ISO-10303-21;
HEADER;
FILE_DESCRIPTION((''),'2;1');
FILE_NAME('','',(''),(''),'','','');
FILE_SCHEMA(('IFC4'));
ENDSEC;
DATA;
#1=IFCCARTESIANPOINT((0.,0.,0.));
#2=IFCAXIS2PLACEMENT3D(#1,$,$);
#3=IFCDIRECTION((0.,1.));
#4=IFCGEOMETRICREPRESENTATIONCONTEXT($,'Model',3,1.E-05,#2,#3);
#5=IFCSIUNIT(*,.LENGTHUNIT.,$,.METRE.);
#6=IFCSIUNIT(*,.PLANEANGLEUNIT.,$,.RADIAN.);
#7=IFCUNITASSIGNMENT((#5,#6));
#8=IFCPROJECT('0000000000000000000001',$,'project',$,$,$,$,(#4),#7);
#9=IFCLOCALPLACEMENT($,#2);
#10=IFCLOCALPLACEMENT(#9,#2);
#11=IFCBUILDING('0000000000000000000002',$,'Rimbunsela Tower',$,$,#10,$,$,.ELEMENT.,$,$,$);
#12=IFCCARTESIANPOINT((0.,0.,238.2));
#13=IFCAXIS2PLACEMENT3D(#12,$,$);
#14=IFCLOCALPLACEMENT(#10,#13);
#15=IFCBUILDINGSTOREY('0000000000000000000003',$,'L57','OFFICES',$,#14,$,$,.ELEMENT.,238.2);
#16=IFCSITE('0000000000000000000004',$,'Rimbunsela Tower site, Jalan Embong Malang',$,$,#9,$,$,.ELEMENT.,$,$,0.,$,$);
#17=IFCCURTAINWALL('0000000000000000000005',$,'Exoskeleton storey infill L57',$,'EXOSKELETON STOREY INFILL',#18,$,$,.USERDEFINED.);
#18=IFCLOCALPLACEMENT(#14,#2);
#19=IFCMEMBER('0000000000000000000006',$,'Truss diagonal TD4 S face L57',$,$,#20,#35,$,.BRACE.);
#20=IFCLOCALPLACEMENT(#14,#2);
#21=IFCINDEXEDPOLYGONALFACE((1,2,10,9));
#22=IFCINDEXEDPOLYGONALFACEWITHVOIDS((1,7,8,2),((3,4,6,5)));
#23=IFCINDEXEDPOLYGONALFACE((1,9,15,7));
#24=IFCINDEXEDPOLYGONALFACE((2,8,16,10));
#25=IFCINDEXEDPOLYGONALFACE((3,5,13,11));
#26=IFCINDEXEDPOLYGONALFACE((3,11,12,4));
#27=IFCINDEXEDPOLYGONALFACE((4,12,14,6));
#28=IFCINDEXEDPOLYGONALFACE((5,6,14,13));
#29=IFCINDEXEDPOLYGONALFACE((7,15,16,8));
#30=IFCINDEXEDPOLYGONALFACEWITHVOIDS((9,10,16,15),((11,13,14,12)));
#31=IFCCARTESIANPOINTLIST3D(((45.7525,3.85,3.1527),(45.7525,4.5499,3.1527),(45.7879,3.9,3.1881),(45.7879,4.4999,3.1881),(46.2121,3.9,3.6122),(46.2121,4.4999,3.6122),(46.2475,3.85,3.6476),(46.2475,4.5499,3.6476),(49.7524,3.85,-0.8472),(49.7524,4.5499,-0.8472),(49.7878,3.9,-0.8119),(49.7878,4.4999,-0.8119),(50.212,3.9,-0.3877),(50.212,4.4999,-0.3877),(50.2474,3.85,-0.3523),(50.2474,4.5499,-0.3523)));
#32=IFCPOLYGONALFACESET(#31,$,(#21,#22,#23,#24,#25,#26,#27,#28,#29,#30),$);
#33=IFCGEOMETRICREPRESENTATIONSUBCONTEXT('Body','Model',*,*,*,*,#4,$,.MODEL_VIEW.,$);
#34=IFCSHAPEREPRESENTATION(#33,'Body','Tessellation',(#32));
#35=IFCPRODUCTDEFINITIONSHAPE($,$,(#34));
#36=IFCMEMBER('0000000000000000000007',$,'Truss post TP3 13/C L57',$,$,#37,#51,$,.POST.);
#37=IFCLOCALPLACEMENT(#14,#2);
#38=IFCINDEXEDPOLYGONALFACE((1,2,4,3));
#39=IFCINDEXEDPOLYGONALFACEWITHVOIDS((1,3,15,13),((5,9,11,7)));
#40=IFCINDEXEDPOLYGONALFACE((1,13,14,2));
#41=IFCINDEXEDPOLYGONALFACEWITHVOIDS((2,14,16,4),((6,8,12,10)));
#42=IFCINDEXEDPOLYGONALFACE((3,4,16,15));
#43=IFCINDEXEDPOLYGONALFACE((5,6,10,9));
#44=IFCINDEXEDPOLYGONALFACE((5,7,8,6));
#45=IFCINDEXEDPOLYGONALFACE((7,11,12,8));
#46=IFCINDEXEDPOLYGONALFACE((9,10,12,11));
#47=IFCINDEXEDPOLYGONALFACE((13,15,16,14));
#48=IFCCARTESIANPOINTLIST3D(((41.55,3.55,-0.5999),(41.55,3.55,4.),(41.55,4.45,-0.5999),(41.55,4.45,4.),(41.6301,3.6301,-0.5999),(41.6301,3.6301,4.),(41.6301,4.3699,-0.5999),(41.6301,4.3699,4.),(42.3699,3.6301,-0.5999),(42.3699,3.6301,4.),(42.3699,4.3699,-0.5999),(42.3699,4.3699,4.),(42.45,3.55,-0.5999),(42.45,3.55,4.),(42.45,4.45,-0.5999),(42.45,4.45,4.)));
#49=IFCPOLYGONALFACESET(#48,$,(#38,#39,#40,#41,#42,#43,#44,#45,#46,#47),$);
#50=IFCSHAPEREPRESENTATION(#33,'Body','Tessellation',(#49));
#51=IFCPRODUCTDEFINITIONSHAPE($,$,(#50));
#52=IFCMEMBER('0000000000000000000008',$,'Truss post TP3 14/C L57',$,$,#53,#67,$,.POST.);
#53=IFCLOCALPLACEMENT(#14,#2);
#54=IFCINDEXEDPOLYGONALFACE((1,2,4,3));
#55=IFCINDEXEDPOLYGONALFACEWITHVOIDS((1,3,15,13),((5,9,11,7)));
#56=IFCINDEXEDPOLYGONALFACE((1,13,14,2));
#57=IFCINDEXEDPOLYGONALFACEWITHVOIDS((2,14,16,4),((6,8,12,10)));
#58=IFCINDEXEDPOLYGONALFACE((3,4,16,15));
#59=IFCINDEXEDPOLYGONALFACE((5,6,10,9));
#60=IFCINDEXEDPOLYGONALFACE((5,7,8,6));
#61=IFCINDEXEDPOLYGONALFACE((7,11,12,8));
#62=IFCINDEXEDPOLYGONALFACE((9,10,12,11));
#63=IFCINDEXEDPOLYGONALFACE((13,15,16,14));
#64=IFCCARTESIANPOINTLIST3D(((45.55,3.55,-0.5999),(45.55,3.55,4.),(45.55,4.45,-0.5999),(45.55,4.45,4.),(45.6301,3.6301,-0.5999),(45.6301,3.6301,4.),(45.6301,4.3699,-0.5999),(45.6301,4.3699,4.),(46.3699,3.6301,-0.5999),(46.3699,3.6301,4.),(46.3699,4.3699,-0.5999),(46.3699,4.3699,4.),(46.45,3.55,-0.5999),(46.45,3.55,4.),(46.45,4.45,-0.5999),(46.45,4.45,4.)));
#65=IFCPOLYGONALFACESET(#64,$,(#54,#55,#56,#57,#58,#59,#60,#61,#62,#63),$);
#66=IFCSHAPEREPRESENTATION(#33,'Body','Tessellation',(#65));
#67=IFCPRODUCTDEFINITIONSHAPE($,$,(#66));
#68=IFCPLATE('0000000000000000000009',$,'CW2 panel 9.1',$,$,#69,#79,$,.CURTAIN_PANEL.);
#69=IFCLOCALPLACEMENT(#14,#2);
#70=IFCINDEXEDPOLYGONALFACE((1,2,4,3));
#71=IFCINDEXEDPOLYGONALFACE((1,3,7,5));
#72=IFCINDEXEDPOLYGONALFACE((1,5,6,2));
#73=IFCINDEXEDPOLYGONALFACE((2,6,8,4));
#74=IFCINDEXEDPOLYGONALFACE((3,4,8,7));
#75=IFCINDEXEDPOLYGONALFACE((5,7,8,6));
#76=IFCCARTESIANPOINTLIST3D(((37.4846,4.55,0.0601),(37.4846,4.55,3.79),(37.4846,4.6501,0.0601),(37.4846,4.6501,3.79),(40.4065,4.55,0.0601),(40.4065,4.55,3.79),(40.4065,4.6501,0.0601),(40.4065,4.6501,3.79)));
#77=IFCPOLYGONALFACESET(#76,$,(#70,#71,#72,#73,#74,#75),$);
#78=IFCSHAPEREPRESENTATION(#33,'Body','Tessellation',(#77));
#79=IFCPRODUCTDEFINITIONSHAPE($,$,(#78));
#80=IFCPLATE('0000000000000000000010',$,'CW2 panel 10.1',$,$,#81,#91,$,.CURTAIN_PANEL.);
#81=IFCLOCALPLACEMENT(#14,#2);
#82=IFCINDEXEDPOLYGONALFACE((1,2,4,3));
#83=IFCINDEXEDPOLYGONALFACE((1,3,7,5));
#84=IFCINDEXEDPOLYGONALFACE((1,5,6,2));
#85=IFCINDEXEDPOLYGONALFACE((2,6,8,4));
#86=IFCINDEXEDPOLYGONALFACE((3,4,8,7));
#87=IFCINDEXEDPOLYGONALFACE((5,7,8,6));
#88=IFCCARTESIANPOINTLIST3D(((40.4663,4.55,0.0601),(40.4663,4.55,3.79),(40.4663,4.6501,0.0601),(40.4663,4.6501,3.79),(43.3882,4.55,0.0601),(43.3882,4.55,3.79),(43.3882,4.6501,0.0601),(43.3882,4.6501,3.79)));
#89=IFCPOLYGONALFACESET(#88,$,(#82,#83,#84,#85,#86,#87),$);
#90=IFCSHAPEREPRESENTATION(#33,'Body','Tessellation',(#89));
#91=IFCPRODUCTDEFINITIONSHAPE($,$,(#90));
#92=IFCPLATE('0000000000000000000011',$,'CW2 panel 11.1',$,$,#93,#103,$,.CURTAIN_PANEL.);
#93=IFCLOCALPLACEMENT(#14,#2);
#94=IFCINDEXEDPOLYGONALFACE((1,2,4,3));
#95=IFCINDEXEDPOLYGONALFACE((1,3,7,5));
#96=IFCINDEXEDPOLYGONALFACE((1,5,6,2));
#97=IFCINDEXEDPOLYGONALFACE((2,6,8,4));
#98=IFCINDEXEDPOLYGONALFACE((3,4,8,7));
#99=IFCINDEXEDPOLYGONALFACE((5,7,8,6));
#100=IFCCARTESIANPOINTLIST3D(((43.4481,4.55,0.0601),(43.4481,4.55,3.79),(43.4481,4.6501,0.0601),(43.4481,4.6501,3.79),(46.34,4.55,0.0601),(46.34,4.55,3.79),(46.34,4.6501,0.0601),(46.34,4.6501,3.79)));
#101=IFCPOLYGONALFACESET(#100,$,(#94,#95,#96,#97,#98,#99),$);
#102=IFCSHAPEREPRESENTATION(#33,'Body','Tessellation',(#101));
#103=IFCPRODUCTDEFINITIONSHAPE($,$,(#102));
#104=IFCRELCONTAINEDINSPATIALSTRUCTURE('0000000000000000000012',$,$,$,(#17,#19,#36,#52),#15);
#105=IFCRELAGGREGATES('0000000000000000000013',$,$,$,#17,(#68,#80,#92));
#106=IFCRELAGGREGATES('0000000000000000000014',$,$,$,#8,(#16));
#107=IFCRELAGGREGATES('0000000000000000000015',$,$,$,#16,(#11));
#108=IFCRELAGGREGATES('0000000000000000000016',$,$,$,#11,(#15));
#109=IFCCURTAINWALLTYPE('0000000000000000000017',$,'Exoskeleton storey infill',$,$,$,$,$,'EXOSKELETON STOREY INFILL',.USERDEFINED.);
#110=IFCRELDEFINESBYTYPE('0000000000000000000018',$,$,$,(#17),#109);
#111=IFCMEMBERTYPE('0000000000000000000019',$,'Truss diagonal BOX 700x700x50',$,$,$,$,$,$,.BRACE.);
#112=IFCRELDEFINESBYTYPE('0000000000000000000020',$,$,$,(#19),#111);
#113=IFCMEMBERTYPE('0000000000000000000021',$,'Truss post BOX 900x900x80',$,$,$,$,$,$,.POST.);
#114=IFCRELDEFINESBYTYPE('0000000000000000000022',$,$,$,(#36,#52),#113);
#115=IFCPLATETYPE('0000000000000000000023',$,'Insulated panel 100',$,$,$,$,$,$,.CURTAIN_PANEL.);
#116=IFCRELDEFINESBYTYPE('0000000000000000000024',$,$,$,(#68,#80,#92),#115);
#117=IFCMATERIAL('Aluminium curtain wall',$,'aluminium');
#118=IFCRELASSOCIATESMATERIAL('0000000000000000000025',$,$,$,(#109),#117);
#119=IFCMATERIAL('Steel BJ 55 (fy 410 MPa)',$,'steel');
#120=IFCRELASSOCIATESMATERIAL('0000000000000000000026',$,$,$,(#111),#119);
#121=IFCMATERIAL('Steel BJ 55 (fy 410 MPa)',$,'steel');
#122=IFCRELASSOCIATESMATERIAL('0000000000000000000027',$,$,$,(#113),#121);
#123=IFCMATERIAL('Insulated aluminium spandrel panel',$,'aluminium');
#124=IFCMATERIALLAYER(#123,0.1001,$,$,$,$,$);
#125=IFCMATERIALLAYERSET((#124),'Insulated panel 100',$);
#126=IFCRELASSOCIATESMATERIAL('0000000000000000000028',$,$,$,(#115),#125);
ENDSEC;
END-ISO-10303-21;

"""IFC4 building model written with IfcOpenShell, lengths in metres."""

from ifc_helpers import new_model, si_unit, direction, frame, origin, origin_2d, place, context, subcontext, project, spatial, rectangle, hollow_rectangle, extrude, material, layer, layer_set, material_profile, profile_set, type_object, element, aggregate, save


model = new_model("IFC4")

# Units and contexts
model_context = context("Model", 3, precision=1e-05, world=origin(), true_north=direction((0.0, 1.0)))
body_context = subcontext(model_context, "Body", "Model", "MODEL_VIEW")
ifc_project = project(units=[si_unit("LENGTHUNIT", "METRE"), si_unit("PLANEANGLEUNIT", "RADIAN")], contexts=[model_context])

# Site, building, storey
site_placement = place(None, origin())
site = spatial("IfcSite", under=ifc_project, at=site_placement, Name="Rimbunsela Tower site, Jalan Embong Malang", CompositionType="ELEMENT", RefElevation=0.0)
building_placement = place(site_placement, origin())
building = spatial("IfcBuilding", under=site, at=building_placement, Name="Rimbunsela Tower", CompositionType="ELEMENT")
storey_placement = place(building_placement, frame((0.0, 0.0, 238.2)))
storey = spatial("IfcBuildingStorey", under=building, at=storey_placement, Name="L57", Description="OFFICES", CompositionType="ELEMENT", Elevation=238.2)

# Curtain wall
ifc_material_1 = material(Name="Aluminium curtain wall", Category="aluminium")
curtain_wall_type_1 = type_object("IfcCurtainWallType", Name="Exoskeleton storey infill", ElementType="EXOSKELETON STOREY INFILL", PredefinedType="USERDEFINED", material=ifc_material_1)
curtain_wall_1_placement = place(storey_placement, origin())
curtain_wall_1 = element("IfcCurtainWall", 1, at=curtain_wall_1_placement, inside=storey, type_object=curtain_wall_type_1, Name="Exoskeleton storey infill L57", ObjectType="EXOSKELETON STOREY INFILL", PredefinedType="USERDEFINED")

# Members
ifc_material_2 = material(Name="Steel BJ 55 (fy 410 MPa)", Category="steel")
ifc_material_profile_1 = material_profile(ifc_material_2, hollow_rectangle(XDim=0.7, YDim=0.7, WallThickness=0.05, at=origin_2d()), Name="BOX 700x700x50")
ifc_profile_set_1 = profile_set([ifc_material_profile_1], Name="Steel BJ 55 (fy 410 MPa)")
member_type_1 = type_object("IfcMemberType", Name="Truss diagonal BOX 700x700x50", PredefinedType="BRACE", material=ifc_profile_set_1)
for number, where, z_axis, x_axis, name in (
    (2, (46.0, 4.2, 3.4001), (0.707107, 0.0, -0.707107), (0.0, 1.0, 0.0), "Truss diagonal TD4 S face L57"),
):
    element("IfcMember", number, at=place(storey_placement, frame(where, z_axis=z_axis, x_axis=x_axis)), inside=storey, type_object=member_type_1, Name=name, PredefinedType="BRACE", context=body_context, shape_type="SweptSolid", body=[
        extrude(hollow_rectangle(XDim=0.7, YDim=0.7, WallThickness=0.05, at=origin_2d()), origin(), (0.0, 0.0, 1.0), 5.6567),
    ])
ifc_material_3 = material(Name="Steel BJ 55 (fy 410 MPa)", Category="steel")
ifc_material_profile_2 = material_profile(ifc_material_3, hollow_rectangle(XDim=0.8999, YDim=0.8999, WallThickness=0.0801, at=origin_2d()), Name="BOX 900x900x80")
ifc_profile_set_2 = profile_set([ifc_material_profile_2], Name="Steel BJ 55 (fy 410 MPa)")
member_type_2 = type_object("IfcMemberType", Name="Truss post BOX 900x900x80", PredefinedType="POST", material=ifc_profile_set_2)
for number, where, z_axis, x_axis, name in (
    (3, (42.0, 4.0, -0.5999), (0.0, 0.0, 1.0), (1.0, 0.0, 0.0), "Truss post TP3 13/C L57"),
    (4, (46.0, 4.0, -0.5999), (0.0, 0.0, 1.0), (1.0, 0.0, 0.0), "Truss post TP3 14/C L57"),
):
    element("IfcMember", number, at=place(storey_placement, frame(where, z_axis=z_axis, x_axis=x_axis)), inside=storey, type_object=member_type_2, Name=name, PredefinedType="POST", context=body_context, shape_type="SweptSolid", body=[
        extrude(hollow_rectangle(XDim=0.8999, YDim=0.8999, WallThickness=0.0801, at=origin_2d()), origin(), (0.0, 0.0, 1.0), 4.5999),
    ])

# Plates
ifc_material_4 = material(Name="Insulated aluminium spandrel panel", Category="aluminium")
ifc_layer = layer(ifc_material_4, 0.1001)
ifc_layer_set = layer_set([ifc_layer], Name="Insulated panel 100")
plate_type = type_object("IfcPlateType", Name="Insulated panel 100", PredefinedType="CURTAIN_PANEL", material=ifc_layer_set)
plate_1_placement = place(storey_placement, frame((38.9456, 4.6001, 0.0601), z_axis=(0.0, 0.0, 1.0), x_axis=(1.0, 0.0, 0.0)))
plate_1 = element("IfcPlate", 5, at=plate_1_placement, type_object=plate_type, Name="CW2 panel 9.1", PredefinedType="CURTAIN_PANEL", context=body_context, shape_type="SweptSolid", body=[
    extrude(rectangle(XDim=2.9219, YDim=0.1001, at=origin_2d()), origin(), (0.0, 0.0, 1.0), 3.73),
])
plate_2_placement = place(storey_placement, frame((41.9272, 4.6001, 0.0601), z_axis=(0.0, 0.0, 1.0), x_axis=(1.0, 0.0, 0.0)))
plate_2 = element("IfcPlate", 6, at=plate_2_placement, type_object=plate_type, Name="CW2 panel 10.1", PredefinedType="CURTAIN_PANEL", context=body_context, shape_type="SweptSolid", body=[
    extrude(rectangle(XDim=2.9219, YDim=0.1001, at=origin_2d()), origin(), (0.0, 0.0, 1.0), 3.73),
])
plate_3_placement = place(storey_placement, frame((44.894, 4.6001, 0.0601), z_axis=(0.0, 0.0, 1.0), x_axis=(1.0, 0.0, 0.0)))
plate_3 = element("IfcPlate", 7, at=plate_3_placement, type_object=plate_type, Name="CW2 panel 11.1", PredefinedType="CURTAIN_PANEL", context=body_context, shape_type="SweptSolid", body=[
    extrude(rectangle(XDim=2.8918, YDim=0.1001, at=origin_2d()), origin(), (0.0, 0.0, 1.0), 3.73),
])
aggregate(curtain_wall_1, [plate_1, plate_2, plate_3])

save(model, "model.ifc")
